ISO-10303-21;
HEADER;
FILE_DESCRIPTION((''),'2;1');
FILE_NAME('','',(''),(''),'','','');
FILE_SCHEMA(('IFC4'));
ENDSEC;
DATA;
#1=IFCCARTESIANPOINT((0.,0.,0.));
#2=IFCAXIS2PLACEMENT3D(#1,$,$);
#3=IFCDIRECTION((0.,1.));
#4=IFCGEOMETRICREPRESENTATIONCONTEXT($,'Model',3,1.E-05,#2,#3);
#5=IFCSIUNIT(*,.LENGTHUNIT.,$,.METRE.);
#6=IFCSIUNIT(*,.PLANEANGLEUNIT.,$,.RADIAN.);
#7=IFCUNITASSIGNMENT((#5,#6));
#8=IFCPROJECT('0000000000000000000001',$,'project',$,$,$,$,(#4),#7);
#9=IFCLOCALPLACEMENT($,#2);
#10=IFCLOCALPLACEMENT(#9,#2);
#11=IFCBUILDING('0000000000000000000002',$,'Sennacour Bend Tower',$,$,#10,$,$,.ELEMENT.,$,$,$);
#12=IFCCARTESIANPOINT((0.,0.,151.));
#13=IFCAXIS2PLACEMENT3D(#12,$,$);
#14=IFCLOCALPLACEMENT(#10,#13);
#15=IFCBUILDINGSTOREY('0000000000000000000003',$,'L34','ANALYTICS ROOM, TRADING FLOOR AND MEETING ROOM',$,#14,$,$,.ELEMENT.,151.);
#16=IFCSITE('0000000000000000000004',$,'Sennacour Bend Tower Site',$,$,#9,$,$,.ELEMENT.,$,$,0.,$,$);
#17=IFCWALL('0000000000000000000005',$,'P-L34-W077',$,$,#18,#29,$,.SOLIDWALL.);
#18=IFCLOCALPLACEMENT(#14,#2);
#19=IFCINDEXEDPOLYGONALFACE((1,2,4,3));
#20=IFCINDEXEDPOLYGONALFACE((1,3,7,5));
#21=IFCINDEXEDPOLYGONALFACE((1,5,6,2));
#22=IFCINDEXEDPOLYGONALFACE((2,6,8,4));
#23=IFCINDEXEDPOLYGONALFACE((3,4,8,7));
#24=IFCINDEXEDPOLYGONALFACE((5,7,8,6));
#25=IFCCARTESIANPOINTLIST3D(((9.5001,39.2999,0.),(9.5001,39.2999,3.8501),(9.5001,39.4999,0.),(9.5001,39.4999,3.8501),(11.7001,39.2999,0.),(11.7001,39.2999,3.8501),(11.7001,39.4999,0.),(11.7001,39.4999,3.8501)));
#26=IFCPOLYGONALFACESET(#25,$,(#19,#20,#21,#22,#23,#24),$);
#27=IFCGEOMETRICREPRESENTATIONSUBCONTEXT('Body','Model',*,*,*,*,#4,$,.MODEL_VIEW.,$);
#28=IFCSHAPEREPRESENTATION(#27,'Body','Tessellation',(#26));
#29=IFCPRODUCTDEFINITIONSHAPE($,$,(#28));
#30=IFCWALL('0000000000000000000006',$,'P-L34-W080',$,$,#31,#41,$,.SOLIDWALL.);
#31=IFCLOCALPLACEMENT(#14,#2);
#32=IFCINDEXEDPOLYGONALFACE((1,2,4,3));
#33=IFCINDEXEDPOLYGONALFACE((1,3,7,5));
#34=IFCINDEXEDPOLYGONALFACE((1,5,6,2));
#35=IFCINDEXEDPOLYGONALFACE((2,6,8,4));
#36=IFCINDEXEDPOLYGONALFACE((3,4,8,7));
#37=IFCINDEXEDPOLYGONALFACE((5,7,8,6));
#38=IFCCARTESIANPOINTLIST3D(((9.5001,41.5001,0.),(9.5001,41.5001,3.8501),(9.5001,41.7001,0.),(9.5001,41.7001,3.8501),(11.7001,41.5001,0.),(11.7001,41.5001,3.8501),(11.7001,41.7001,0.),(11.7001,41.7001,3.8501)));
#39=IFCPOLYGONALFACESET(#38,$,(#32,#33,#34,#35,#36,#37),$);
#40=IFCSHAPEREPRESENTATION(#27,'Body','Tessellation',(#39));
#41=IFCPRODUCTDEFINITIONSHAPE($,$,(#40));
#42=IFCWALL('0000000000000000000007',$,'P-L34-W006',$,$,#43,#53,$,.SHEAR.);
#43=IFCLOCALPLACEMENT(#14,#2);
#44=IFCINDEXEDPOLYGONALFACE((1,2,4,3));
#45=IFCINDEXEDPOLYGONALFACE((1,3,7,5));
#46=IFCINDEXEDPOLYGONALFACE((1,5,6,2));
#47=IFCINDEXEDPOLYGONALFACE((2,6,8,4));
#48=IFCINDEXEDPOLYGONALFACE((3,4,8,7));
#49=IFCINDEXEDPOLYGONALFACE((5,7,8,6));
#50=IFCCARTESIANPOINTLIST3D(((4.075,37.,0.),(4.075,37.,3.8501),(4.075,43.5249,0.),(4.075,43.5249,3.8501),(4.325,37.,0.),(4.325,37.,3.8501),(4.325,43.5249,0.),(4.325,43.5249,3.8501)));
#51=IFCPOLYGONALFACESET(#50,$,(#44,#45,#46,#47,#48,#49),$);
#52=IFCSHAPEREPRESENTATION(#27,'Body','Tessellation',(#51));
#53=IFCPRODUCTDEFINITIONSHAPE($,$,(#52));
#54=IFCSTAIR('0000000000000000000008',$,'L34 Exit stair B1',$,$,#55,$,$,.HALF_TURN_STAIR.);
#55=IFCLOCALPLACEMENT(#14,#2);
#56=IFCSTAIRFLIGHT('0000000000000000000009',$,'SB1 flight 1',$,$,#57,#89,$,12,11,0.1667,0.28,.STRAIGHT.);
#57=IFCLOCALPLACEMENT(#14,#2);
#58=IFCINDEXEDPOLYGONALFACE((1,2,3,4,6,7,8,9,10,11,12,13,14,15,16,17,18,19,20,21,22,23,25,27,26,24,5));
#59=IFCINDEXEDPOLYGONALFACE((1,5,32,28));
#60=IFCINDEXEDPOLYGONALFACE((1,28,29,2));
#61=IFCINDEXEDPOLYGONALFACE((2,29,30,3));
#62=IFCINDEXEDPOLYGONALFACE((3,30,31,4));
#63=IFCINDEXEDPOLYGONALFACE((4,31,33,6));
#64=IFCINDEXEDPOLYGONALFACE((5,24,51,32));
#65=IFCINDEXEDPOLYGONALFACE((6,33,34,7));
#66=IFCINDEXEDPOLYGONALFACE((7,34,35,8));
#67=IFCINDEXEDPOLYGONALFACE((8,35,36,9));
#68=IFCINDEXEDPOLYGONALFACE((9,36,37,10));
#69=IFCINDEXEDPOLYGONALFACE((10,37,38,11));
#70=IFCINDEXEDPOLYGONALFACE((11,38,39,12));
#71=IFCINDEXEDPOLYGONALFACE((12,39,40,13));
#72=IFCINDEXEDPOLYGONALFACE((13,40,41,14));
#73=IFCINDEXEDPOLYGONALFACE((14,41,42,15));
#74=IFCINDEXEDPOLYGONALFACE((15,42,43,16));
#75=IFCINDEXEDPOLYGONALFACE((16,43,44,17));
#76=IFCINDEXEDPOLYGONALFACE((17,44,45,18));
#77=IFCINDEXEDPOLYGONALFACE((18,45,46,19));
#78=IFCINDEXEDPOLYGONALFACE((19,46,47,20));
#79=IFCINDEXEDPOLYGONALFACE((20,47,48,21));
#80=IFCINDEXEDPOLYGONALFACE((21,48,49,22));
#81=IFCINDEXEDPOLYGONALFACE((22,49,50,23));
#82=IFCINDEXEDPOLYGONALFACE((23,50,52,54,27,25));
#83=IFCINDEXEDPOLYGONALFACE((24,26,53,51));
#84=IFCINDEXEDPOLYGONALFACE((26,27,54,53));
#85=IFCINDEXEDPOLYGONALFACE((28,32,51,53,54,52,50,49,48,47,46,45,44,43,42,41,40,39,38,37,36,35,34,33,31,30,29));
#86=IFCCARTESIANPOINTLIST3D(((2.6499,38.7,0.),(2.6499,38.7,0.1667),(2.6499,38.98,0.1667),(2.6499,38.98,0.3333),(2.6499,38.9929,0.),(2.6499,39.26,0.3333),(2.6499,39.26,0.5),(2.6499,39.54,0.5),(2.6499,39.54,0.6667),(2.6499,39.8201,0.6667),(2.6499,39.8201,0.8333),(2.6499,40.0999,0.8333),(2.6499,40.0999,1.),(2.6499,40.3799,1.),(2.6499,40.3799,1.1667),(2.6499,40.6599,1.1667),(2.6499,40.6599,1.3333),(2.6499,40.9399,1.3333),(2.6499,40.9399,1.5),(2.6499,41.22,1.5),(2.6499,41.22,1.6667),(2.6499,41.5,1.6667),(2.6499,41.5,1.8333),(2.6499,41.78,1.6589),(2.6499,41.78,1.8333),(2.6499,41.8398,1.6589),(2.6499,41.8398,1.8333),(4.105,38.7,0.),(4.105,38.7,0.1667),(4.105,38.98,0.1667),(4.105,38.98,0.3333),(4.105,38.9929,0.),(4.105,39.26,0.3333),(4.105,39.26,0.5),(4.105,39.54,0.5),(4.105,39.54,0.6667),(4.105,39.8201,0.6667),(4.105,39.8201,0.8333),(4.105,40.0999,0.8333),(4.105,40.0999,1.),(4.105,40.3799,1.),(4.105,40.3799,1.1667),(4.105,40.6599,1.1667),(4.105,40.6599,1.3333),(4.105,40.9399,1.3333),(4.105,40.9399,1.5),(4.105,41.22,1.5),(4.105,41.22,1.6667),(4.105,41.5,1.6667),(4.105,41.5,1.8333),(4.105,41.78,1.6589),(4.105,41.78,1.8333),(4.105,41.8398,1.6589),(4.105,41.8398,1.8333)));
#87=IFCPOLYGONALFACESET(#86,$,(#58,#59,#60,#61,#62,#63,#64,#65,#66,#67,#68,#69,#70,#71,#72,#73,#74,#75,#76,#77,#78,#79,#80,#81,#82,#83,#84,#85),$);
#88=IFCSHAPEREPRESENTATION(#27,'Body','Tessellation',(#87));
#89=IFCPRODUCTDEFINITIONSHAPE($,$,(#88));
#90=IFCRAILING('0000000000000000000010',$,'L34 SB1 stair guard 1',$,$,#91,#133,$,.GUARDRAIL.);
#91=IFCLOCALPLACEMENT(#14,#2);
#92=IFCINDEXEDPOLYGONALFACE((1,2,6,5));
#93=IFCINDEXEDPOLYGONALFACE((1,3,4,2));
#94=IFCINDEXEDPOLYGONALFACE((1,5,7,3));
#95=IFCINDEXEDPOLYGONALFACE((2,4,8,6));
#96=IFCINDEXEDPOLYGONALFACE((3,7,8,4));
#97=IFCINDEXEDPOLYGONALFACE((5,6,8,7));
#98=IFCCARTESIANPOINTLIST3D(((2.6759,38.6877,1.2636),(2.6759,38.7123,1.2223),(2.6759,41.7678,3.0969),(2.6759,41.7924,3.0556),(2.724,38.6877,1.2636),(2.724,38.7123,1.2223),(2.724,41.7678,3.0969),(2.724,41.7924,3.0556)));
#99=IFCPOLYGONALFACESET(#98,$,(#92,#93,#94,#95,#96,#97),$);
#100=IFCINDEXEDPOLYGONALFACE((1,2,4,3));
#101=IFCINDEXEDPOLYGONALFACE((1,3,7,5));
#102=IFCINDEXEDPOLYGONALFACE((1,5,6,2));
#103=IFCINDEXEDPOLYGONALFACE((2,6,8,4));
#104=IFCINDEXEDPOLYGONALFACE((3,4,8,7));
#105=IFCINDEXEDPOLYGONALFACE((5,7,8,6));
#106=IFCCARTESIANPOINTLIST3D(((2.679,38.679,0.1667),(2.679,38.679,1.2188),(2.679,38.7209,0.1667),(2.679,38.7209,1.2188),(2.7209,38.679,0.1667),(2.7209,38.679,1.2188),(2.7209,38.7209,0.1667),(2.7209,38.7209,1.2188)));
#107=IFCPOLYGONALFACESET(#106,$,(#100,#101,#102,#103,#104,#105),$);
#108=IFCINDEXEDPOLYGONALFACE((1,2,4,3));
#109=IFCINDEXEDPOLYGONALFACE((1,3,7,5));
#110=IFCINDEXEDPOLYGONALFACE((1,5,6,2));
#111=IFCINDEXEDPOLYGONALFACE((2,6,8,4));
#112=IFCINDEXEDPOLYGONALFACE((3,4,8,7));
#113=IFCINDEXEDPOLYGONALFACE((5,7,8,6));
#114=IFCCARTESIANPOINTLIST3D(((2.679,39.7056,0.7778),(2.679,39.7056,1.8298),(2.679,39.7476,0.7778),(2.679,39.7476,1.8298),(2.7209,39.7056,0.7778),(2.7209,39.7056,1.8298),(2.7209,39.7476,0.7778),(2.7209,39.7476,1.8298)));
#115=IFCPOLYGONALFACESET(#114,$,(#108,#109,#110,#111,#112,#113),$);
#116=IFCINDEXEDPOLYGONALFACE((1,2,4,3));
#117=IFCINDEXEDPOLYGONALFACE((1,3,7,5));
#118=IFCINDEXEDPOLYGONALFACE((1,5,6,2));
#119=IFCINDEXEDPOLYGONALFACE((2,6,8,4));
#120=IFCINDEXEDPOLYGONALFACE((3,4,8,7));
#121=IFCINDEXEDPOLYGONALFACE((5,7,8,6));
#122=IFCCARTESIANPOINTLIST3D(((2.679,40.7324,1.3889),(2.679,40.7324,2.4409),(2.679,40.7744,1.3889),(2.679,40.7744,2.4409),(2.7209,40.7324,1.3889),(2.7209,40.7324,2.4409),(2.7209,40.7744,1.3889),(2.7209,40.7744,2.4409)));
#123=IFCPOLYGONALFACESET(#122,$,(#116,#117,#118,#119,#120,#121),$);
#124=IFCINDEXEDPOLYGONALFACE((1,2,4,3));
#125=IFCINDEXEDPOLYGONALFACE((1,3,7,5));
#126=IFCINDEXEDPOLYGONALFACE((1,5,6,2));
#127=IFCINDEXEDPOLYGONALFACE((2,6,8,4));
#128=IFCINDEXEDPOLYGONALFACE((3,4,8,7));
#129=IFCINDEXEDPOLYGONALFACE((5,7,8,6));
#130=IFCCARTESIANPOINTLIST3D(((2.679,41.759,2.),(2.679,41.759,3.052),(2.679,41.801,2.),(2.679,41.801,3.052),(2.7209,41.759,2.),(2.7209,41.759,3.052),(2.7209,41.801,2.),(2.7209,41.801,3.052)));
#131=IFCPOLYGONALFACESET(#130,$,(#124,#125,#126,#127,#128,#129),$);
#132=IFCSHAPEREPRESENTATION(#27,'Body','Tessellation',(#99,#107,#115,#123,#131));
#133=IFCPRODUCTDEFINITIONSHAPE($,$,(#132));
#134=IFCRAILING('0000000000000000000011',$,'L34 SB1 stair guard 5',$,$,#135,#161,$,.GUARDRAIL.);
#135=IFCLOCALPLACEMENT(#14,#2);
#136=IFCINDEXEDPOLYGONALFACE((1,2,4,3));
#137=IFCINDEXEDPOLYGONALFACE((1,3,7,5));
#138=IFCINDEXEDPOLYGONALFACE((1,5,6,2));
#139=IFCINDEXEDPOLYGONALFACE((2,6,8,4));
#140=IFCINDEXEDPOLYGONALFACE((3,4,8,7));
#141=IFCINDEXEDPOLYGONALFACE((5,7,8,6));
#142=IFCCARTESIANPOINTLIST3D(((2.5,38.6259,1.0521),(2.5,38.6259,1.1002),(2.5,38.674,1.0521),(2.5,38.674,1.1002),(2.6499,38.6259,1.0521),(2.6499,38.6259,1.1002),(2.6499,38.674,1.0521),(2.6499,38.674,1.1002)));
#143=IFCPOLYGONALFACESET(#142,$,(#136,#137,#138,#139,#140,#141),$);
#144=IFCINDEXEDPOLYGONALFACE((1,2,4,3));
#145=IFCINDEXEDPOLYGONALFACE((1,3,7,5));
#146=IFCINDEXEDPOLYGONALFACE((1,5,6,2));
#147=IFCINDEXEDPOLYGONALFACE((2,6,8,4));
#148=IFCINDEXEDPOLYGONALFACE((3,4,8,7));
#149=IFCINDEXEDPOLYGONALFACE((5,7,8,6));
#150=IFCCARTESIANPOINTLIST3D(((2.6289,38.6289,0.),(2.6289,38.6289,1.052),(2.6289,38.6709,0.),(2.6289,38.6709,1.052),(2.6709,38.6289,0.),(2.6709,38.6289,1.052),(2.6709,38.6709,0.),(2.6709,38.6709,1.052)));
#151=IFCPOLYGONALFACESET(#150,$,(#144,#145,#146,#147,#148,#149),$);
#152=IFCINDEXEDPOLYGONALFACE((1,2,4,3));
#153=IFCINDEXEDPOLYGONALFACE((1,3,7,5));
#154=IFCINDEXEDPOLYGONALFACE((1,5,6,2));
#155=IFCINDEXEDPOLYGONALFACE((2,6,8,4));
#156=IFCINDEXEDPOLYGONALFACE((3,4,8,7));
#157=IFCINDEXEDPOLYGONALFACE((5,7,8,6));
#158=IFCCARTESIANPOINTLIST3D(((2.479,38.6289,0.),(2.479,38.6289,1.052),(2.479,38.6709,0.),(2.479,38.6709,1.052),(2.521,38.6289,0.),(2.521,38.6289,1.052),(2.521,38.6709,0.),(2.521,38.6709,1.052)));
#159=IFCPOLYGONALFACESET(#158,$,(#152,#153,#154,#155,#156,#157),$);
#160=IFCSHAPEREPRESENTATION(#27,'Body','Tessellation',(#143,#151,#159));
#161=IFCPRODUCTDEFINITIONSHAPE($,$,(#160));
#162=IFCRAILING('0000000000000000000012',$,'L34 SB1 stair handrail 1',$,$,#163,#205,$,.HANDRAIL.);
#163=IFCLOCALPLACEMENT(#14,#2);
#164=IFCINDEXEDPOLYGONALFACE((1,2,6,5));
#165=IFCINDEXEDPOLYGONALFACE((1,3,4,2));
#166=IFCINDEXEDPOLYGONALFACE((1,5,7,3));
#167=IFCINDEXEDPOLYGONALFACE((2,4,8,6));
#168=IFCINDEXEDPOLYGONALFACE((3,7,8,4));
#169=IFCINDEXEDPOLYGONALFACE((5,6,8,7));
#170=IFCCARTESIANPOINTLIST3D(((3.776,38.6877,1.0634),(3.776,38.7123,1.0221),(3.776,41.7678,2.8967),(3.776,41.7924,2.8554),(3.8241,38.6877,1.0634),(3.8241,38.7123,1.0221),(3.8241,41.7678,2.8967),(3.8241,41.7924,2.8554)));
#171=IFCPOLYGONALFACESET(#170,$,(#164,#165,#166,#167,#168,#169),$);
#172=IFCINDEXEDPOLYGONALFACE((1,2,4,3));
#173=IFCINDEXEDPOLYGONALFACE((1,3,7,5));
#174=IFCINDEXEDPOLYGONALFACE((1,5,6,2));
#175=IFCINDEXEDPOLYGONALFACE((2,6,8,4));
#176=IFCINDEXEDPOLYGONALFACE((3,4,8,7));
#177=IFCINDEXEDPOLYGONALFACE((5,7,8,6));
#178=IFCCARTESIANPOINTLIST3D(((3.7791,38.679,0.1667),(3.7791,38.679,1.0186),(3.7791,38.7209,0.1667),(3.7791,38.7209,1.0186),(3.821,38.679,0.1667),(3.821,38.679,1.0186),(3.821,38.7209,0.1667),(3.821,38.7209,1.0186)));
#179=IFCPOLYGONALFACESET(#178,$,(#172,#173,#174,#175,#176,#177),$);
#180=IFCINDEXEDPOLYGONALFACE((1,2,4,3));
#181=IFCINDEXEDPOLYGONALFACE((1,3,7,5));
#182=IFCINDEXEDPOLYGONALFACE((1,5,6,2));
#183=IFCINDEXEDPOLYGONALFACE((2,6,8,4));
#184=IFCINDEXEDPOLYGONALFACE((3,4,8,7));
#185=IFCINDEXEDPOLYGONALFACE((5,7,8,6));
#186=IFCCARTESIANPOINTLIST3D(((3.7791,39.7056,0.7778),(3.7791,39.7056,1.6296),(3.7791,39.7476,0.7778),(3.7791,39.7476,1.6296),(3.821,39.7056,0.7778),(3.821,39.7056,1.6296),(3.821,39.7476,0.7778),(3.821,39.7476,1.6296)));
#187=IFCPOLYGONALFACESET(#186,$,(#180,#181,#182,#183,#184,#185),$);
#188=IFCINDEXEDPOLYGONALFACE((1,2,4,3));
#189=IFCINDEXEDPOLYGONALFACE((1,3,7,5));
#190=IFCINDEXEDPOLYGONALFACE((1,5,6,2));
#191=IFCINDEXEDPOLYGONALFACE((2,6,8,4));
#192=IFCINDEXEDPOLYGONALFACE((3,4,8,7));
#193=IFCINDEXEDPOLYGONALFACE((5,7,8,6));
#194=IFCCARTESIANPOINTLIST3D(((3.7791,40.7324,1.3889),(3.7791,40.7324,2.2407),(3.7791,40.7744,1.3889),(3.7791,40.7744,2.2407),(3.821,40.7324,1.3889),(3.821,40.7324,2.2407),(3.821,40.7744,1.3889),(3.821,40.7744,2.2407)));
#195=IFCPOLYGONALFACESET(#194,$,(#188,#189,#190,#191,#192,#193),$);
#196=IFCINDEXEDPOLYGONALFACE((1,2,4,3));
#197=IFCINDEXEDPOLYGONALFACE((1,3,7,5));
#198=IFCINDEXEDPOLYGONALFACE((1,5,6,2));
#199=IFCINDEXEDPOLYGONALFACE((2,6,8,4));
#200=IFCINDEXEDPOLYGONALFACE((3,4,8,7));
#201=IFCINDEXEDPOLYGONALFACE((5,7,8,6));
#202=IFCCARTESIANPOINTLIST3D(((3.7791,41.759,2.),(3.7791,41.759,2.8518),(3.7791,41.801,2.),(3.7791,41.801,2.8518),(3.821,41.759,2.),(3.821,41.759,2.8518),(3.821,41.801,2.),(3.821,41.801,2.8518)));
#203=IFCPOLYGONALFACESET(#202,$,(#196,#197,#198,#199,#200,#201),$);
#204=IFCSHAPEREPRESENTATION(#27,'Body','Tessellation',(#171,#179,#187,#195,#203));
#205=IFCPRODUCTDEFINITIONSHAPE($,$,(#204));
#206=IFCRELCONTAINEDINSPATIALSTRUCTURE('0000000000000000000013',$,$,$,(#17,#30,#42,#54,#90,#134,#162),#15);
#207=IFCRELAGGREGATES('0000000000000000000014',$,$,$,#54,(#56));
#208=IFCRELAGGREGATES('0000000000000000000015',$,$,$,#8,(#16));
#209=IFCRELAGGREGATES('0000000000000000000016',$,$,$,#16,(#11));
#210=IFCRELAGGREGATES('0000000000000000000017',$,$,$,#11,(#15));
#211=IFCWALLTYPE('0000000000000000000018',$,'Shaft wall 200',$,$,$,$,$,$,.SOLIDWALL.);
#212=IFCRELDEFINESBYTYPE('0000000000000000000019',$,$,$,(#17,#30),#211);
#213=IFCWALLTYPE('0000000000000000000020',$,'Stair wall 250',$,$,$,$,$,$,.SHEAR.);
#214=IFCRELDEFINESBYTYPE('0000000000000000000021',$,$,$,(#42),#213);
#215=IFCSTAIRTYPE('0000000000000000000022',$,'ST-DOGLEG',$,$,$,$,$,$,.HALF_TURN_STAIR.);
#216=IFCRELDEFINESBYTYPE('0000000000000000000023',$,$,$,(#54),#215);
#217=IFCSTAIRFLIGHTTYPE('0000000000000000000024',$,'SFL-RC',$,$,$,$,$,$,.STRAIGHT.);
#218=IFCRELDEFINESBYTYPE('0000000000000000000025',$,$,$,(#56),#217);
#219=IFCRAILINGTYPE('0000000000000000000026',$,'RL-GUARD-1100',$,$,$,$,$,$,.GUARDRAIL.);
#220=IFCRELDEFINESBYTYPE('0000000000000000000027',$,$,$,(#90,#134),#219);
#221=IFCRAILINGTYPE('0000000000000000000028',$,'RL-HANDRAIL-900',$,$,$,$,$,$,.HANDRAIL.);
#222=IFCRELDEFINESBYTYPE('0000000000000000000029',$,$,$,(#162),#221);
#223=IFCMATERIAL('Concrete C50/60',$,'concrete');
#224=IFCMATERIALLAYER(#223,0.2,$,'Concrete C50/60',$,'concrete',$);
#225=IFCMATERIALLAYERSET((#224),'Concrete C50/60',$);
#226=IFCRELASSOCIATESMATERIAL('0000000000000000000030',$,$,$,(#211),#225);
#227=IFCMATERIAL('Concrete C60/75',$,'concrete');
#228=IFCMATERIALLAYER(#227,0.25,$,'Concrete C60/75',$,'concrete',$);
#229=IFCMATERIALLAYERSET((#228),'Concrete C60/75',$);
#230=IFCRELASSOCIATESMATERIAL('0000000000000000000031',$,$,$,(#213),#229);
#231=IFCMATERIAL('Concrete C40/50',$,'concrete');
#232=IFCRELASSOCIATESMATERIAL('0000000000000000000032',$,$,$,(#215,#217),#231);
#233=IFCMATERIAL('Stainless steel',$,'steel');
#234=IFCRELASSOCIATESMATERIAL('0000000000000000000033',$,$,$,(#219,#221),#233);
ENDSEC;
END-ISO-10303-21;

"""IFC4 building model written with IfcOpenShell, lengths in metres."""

from ifc_helpers import new_model, si_unit, direction, frame, frame_2d, origin, origin_2d, place, context, subcontext, project, spatial, polyline, rectangle, outline, extrude, material, layer, layer_set, type_object, element, aggregate, save


model = new_model("IFC4")

# Units and contexts
model_context = context("Model", 3, precision=1e-05, world=origin(), true_north=direction((0.0, 1.0)))
body_context = subcontext(model_context, "Body", "Model", "MODEL_VIEW")
ifc_project = project(units=[si_unit("LENGTHUNIT", "METRE"), si_unit("PLANEANGLEUNIT", "RADIAN")], contexts=[model_context])

# Site, building, storey
site_placement = place(None, origin())
site = spatial("IfcSite", under=ifc_project, at=site_placement, Name="Sennacour Bend Tower Site", CompositionType="ELEMENT", RefElevation=0.0)
building_placement = place(site_placement, origin())
building = spatial("IfcBuilding", under=site, at=building_placement, Name="Sennacour Bend Tower", CompositionType="ELEMENT")
storey_placement = place(building_placement, frame((0.0, 0.0, 151.0)))
storey = spatial("IfcBuildingStorey", under=building, at=storey_placement, Name="L34", Description="ANALYTICS ROOM, TRADING FLOOR AND MEETING ROOM", CompositionType="ELEMENT", Elevation=151.0)

# Shared definitions
ifc_material_1 = material(Name="Concrete C60/75", Category="concrete")

# Shared definitions
ifc_material_2 = material(Name="Concrete C50/60", Category="concrete")
ifc_layer_1 = layer(ifc_material_2, 0.2, Name="Concrete C50/60", Category="concrete")
ifc_layer_set_1 = layer_set([ifc_layer_1], Name="Concrete C50/60")
wall_type_1 = type_object("IfcWallType", Name="Shaft wall 200", PredefinedType="SOLIDWALL", material=ifc_layer_set_1)
ifc_material_3 = material(Name="Stainless steel", Category="steel")

# Walls
for number, where, z_axis, x_axis, name in (
    (1, (9.5, 39.3999, 0.0), (0.0, 0.0, 1.0), (1.0, 0.0, 0.0), "P-L34-W077"),
    (2, (9.5, 41.6001, 0.0), (0.0, 0.0, 1.0), (1.0, 0.0, 0.0), "P-L34-W080"),
):
    element("IfcWall", number, at=place(storey_placement, frame(where, z_axis=z_axis, x_axis=x_axis)), inside=storey, type_object=wall_type_1, Name=name, PredefinedType="SOLIDWALL", context=body_context, shape_type="SweptSolid", body=[
        extrude(rectangle(XDim=2.2, YDim=0.2, at=frame_2d((1.1001, 0.0))), origin(), (0.0, 0.0, 1.0), 3.8501),
    ])
ifc_layer_2 = layer(ifc_material_1, 0.25, Name="Concrete C60/75", Category="concrete")
ifc_layer_set_2 = layer_set([ifc_layer_2], Name="Concrete C60/75")
wall_type_2 = type_object("IfcWallType", Name="Stair wall 250", PredefinedType="SHEAR", material=ifc_layer_set_2)
wall_1_placement = place(storey_placement, frame((4.2, 37.0, 0.0), z_axis=(0.0, 0.0, 1.0), x_axis=(0.0, 1.0, 0.0)))
element("IfcWall", 3, at=wall_1_placement, inside=storey, type_object=wall_type_2, Name="P-L34-W006", PredefinedType="SHEAR", context=body_context, shape_type="SweptSolid", body=[
    extrude(rectangle(XDim=6.5249, YDim=0.25, at=frame_2d((3.2625, 0.0))), origin(), (0.0, 0.0, 1.0), 3.8501),
])

# Stair, stair flight
ifc_material_4 = material(Name="Concrete C40/50", Category="concrete")
stair_type = type_object("IfcStairType", Name="ST-DOGLEG", PredefinedType="HALF_TURN_STAIR", material=ifc_material_4)
stair_placement = place(storey_placement, origin())
stair = element("IfcStair", 4, at=stair_placement, inside=storey, type_object=stair_type, Name="L34 Exit stair B1", PredefinedType="HALF_TURN_STAIR")
stair_flight_type = type_object("IfcStairFlightType", Name="SFL-RC", PredefinedType="STRAIGHT", material=ifc_material_4)
stair_flight_placement = place(storey_placement, frame((3.3774, 38.7, 0.0), z_axis=(0.0, 0.0, 1.0), x_axis=(0.0, 1.0, 0.0)))
stair_flight = element("IfcStairFlight", 5, at=stair_flight_placement, type_object=stair_flight_type, Name="SB1 flight 1", NumberOfRisers=12, NumberOfTreads=11, PredefinedType="STRAIGHT", RiserHeight=0.1667, TreadLength=0.28, context=body_context, shape_type="SweptSolid", body=[
    extrude(outline(polyline([(0.0, 0.0), (0.0, 0.1667), (0.28, 0.1667), (0.28, 0.3333), (0.5601, 0.3333), (0.5601, 0.5), (0.8401, 0.5), (0.8401, 0.6667), (1.1201, 0.6667), (1.1201, 0.8333), (1.3999, 0.8333), (1.3999, 1.0), (1.6799, 1.0), (1.6799, 1.1667), (1.96, 1.1667), (1.96, 1.3333), (2.24, 1.3333), (2.24, 1.5), (2.52, 1.5), (2.52, 1.6667), (2.8, 1.6667), (2.8, 1.8333), (3.0801, 1.8333), (3.1399, 1.8333), (3.1399, 1.6589), (3.0801, 1.6589), (0.293, 0.0), (0.0, 0.0)])), frame((0.0, 0.7275, 0.0), z_axis=(0.0, -1.0, 0.0), x_axis=(1.0, 0.0, 0.0)), (0.0, 0.0, 1.0), 1.4551),
])
aggregate(stair, [stair_flight])

# Railings
railing_type_1 = type_object("IfcRailingType", Name="RL-GUARD-1100", PredefinedType="GUARDRAIL", material=ifc_material_3)
railing_1_placement = place(storey_placement, frame((2.7, 38.7, 0.1667)))
element("IfcRailing", 6, at=railing_1_placement, inside=storey, type_object=railing_type_1, Name="L34 SB1 stair guard 1", PredefinedType="GUARDRAIL", context=body_context, shape_type="SweptSolid", body=[
    extrude(rectangle(XDim=0.0481, YDim=0.0481, at=origin_2d()), frame((0.0, 0.0, 1.0762), z_axis=(0.0, 0.859309, 0.511458), x_axis=(-1.0, 0.0, 0.0)), (0.0, 0.0, 1.0), 3.5845),
    extrude(rectangle(XDim=0.042, YDim=0.042, at=origin_2d()), origin(), (0.0, 0.0, 1.0), 1.052),
    extrude(rectangle(XDim=0.042, YDim=0.042, at=origin_2d()), frame((0.0, 1.0266, 0.6111)), (0.0, 0.0, 1.0), 1.052),
    extrude(rectangle(XDim=0.042, YDim=0.042, at=origin_2d()), frame((0.0, 2.0535, 1.2222)), (0.0, 0.0, 1.0), 1.052),
    extrude(rectangle(XDim=0.042, YDim=0.042, at=origin_2d()), frame((0.0, 3.0801, 1.8333)), (0.0, 0.0, 1.0), 1.052),
])
railing_2_placement = place(storey_placement, frame((2.6499, 38.6499, 0.0)))
element("IfcRailing", 7, at=railing_2_placement, inside=storey, type_object=railing_type_1, Name="L34 SB1 stair guard 5", PredefinedType="GUARDRAIL", context=body_context, shape_type="SweptSolid", body=[
    extrude(rectangle(XDim=0.0481, YDim=0.0481, at=origin_2d()), frame((0.0, 0.0, 1.0762), z_axis=(-1.0, 0.0, 0.0), x_axis=(0.0, -1.0, 0.0)), (0.0, 0.0, 1.0), 0.1499),
    extrude(rectangle(XDim=0.042, YDim=0.042, at=origin_2d()), origin(), (0.0, 0.0, 1.0), 1.052),
    extrude(rectangle(XDim=0.042, YDim=0.042, at=origin_2d()), frame((-0.1499, 0.0, 0.0)), (0.0, 0.0, 1.0), 1.052),
])
railing_type_2 = type_object("IfcRailingType", Name="RL-HANDRAIL-900", PredefinedType="HANDRAIL", material=ifc_material_3)
railing_3_placement = place(storey_placement, frame((3.8, 38.7, 0.1667)))
element("IfcRailing", 8, at=railing_3_placement, inside=storey, type_object=railing_type_2, Name="L34 SB1 stair handrail 1", PredefinedType="HANDRAIL", context=body_context, shape_type="SweptSolid", body=[
    extrude(rectangle(XDim=0.0481, YDim=0.0481, at=origin_2d()), frame((0.0, 0.0, 0.876), z_axis=(0.0, 0.859309, 0.511458), x_axis=(-1.0, 0.0, 0.0)), (0.0, 0.0, 1.0), 3.5845),
    extrude(rectangle(XDim=0.042, YDim=0.042, at=origin_2d()), origin(), (0.0, 0.0, 1.0), 0.8518),
    extrude(rectangle(XDim=0.042, YDim=0.042, at=origin_2d()), frame((0.0, 1.0266, 0.6111)), (0.0, 0.0, 1.0), 0.8518),
    extrude(rectangle(XDim=0.042, YDim=0.042, at=origin_2d()), frame((0.0, 2.0535, 1.2222)), (0.0, 0.0, 1.0), 0.8518),
    extrude(rectangle(XDim=0.042, YDim=0.042, at=origin_2d()), frame((0.0, 3.0801, 1.8333)), (0.0, 0.0, 1.0), 0.8518),
])

save(model, "model.ifc")
